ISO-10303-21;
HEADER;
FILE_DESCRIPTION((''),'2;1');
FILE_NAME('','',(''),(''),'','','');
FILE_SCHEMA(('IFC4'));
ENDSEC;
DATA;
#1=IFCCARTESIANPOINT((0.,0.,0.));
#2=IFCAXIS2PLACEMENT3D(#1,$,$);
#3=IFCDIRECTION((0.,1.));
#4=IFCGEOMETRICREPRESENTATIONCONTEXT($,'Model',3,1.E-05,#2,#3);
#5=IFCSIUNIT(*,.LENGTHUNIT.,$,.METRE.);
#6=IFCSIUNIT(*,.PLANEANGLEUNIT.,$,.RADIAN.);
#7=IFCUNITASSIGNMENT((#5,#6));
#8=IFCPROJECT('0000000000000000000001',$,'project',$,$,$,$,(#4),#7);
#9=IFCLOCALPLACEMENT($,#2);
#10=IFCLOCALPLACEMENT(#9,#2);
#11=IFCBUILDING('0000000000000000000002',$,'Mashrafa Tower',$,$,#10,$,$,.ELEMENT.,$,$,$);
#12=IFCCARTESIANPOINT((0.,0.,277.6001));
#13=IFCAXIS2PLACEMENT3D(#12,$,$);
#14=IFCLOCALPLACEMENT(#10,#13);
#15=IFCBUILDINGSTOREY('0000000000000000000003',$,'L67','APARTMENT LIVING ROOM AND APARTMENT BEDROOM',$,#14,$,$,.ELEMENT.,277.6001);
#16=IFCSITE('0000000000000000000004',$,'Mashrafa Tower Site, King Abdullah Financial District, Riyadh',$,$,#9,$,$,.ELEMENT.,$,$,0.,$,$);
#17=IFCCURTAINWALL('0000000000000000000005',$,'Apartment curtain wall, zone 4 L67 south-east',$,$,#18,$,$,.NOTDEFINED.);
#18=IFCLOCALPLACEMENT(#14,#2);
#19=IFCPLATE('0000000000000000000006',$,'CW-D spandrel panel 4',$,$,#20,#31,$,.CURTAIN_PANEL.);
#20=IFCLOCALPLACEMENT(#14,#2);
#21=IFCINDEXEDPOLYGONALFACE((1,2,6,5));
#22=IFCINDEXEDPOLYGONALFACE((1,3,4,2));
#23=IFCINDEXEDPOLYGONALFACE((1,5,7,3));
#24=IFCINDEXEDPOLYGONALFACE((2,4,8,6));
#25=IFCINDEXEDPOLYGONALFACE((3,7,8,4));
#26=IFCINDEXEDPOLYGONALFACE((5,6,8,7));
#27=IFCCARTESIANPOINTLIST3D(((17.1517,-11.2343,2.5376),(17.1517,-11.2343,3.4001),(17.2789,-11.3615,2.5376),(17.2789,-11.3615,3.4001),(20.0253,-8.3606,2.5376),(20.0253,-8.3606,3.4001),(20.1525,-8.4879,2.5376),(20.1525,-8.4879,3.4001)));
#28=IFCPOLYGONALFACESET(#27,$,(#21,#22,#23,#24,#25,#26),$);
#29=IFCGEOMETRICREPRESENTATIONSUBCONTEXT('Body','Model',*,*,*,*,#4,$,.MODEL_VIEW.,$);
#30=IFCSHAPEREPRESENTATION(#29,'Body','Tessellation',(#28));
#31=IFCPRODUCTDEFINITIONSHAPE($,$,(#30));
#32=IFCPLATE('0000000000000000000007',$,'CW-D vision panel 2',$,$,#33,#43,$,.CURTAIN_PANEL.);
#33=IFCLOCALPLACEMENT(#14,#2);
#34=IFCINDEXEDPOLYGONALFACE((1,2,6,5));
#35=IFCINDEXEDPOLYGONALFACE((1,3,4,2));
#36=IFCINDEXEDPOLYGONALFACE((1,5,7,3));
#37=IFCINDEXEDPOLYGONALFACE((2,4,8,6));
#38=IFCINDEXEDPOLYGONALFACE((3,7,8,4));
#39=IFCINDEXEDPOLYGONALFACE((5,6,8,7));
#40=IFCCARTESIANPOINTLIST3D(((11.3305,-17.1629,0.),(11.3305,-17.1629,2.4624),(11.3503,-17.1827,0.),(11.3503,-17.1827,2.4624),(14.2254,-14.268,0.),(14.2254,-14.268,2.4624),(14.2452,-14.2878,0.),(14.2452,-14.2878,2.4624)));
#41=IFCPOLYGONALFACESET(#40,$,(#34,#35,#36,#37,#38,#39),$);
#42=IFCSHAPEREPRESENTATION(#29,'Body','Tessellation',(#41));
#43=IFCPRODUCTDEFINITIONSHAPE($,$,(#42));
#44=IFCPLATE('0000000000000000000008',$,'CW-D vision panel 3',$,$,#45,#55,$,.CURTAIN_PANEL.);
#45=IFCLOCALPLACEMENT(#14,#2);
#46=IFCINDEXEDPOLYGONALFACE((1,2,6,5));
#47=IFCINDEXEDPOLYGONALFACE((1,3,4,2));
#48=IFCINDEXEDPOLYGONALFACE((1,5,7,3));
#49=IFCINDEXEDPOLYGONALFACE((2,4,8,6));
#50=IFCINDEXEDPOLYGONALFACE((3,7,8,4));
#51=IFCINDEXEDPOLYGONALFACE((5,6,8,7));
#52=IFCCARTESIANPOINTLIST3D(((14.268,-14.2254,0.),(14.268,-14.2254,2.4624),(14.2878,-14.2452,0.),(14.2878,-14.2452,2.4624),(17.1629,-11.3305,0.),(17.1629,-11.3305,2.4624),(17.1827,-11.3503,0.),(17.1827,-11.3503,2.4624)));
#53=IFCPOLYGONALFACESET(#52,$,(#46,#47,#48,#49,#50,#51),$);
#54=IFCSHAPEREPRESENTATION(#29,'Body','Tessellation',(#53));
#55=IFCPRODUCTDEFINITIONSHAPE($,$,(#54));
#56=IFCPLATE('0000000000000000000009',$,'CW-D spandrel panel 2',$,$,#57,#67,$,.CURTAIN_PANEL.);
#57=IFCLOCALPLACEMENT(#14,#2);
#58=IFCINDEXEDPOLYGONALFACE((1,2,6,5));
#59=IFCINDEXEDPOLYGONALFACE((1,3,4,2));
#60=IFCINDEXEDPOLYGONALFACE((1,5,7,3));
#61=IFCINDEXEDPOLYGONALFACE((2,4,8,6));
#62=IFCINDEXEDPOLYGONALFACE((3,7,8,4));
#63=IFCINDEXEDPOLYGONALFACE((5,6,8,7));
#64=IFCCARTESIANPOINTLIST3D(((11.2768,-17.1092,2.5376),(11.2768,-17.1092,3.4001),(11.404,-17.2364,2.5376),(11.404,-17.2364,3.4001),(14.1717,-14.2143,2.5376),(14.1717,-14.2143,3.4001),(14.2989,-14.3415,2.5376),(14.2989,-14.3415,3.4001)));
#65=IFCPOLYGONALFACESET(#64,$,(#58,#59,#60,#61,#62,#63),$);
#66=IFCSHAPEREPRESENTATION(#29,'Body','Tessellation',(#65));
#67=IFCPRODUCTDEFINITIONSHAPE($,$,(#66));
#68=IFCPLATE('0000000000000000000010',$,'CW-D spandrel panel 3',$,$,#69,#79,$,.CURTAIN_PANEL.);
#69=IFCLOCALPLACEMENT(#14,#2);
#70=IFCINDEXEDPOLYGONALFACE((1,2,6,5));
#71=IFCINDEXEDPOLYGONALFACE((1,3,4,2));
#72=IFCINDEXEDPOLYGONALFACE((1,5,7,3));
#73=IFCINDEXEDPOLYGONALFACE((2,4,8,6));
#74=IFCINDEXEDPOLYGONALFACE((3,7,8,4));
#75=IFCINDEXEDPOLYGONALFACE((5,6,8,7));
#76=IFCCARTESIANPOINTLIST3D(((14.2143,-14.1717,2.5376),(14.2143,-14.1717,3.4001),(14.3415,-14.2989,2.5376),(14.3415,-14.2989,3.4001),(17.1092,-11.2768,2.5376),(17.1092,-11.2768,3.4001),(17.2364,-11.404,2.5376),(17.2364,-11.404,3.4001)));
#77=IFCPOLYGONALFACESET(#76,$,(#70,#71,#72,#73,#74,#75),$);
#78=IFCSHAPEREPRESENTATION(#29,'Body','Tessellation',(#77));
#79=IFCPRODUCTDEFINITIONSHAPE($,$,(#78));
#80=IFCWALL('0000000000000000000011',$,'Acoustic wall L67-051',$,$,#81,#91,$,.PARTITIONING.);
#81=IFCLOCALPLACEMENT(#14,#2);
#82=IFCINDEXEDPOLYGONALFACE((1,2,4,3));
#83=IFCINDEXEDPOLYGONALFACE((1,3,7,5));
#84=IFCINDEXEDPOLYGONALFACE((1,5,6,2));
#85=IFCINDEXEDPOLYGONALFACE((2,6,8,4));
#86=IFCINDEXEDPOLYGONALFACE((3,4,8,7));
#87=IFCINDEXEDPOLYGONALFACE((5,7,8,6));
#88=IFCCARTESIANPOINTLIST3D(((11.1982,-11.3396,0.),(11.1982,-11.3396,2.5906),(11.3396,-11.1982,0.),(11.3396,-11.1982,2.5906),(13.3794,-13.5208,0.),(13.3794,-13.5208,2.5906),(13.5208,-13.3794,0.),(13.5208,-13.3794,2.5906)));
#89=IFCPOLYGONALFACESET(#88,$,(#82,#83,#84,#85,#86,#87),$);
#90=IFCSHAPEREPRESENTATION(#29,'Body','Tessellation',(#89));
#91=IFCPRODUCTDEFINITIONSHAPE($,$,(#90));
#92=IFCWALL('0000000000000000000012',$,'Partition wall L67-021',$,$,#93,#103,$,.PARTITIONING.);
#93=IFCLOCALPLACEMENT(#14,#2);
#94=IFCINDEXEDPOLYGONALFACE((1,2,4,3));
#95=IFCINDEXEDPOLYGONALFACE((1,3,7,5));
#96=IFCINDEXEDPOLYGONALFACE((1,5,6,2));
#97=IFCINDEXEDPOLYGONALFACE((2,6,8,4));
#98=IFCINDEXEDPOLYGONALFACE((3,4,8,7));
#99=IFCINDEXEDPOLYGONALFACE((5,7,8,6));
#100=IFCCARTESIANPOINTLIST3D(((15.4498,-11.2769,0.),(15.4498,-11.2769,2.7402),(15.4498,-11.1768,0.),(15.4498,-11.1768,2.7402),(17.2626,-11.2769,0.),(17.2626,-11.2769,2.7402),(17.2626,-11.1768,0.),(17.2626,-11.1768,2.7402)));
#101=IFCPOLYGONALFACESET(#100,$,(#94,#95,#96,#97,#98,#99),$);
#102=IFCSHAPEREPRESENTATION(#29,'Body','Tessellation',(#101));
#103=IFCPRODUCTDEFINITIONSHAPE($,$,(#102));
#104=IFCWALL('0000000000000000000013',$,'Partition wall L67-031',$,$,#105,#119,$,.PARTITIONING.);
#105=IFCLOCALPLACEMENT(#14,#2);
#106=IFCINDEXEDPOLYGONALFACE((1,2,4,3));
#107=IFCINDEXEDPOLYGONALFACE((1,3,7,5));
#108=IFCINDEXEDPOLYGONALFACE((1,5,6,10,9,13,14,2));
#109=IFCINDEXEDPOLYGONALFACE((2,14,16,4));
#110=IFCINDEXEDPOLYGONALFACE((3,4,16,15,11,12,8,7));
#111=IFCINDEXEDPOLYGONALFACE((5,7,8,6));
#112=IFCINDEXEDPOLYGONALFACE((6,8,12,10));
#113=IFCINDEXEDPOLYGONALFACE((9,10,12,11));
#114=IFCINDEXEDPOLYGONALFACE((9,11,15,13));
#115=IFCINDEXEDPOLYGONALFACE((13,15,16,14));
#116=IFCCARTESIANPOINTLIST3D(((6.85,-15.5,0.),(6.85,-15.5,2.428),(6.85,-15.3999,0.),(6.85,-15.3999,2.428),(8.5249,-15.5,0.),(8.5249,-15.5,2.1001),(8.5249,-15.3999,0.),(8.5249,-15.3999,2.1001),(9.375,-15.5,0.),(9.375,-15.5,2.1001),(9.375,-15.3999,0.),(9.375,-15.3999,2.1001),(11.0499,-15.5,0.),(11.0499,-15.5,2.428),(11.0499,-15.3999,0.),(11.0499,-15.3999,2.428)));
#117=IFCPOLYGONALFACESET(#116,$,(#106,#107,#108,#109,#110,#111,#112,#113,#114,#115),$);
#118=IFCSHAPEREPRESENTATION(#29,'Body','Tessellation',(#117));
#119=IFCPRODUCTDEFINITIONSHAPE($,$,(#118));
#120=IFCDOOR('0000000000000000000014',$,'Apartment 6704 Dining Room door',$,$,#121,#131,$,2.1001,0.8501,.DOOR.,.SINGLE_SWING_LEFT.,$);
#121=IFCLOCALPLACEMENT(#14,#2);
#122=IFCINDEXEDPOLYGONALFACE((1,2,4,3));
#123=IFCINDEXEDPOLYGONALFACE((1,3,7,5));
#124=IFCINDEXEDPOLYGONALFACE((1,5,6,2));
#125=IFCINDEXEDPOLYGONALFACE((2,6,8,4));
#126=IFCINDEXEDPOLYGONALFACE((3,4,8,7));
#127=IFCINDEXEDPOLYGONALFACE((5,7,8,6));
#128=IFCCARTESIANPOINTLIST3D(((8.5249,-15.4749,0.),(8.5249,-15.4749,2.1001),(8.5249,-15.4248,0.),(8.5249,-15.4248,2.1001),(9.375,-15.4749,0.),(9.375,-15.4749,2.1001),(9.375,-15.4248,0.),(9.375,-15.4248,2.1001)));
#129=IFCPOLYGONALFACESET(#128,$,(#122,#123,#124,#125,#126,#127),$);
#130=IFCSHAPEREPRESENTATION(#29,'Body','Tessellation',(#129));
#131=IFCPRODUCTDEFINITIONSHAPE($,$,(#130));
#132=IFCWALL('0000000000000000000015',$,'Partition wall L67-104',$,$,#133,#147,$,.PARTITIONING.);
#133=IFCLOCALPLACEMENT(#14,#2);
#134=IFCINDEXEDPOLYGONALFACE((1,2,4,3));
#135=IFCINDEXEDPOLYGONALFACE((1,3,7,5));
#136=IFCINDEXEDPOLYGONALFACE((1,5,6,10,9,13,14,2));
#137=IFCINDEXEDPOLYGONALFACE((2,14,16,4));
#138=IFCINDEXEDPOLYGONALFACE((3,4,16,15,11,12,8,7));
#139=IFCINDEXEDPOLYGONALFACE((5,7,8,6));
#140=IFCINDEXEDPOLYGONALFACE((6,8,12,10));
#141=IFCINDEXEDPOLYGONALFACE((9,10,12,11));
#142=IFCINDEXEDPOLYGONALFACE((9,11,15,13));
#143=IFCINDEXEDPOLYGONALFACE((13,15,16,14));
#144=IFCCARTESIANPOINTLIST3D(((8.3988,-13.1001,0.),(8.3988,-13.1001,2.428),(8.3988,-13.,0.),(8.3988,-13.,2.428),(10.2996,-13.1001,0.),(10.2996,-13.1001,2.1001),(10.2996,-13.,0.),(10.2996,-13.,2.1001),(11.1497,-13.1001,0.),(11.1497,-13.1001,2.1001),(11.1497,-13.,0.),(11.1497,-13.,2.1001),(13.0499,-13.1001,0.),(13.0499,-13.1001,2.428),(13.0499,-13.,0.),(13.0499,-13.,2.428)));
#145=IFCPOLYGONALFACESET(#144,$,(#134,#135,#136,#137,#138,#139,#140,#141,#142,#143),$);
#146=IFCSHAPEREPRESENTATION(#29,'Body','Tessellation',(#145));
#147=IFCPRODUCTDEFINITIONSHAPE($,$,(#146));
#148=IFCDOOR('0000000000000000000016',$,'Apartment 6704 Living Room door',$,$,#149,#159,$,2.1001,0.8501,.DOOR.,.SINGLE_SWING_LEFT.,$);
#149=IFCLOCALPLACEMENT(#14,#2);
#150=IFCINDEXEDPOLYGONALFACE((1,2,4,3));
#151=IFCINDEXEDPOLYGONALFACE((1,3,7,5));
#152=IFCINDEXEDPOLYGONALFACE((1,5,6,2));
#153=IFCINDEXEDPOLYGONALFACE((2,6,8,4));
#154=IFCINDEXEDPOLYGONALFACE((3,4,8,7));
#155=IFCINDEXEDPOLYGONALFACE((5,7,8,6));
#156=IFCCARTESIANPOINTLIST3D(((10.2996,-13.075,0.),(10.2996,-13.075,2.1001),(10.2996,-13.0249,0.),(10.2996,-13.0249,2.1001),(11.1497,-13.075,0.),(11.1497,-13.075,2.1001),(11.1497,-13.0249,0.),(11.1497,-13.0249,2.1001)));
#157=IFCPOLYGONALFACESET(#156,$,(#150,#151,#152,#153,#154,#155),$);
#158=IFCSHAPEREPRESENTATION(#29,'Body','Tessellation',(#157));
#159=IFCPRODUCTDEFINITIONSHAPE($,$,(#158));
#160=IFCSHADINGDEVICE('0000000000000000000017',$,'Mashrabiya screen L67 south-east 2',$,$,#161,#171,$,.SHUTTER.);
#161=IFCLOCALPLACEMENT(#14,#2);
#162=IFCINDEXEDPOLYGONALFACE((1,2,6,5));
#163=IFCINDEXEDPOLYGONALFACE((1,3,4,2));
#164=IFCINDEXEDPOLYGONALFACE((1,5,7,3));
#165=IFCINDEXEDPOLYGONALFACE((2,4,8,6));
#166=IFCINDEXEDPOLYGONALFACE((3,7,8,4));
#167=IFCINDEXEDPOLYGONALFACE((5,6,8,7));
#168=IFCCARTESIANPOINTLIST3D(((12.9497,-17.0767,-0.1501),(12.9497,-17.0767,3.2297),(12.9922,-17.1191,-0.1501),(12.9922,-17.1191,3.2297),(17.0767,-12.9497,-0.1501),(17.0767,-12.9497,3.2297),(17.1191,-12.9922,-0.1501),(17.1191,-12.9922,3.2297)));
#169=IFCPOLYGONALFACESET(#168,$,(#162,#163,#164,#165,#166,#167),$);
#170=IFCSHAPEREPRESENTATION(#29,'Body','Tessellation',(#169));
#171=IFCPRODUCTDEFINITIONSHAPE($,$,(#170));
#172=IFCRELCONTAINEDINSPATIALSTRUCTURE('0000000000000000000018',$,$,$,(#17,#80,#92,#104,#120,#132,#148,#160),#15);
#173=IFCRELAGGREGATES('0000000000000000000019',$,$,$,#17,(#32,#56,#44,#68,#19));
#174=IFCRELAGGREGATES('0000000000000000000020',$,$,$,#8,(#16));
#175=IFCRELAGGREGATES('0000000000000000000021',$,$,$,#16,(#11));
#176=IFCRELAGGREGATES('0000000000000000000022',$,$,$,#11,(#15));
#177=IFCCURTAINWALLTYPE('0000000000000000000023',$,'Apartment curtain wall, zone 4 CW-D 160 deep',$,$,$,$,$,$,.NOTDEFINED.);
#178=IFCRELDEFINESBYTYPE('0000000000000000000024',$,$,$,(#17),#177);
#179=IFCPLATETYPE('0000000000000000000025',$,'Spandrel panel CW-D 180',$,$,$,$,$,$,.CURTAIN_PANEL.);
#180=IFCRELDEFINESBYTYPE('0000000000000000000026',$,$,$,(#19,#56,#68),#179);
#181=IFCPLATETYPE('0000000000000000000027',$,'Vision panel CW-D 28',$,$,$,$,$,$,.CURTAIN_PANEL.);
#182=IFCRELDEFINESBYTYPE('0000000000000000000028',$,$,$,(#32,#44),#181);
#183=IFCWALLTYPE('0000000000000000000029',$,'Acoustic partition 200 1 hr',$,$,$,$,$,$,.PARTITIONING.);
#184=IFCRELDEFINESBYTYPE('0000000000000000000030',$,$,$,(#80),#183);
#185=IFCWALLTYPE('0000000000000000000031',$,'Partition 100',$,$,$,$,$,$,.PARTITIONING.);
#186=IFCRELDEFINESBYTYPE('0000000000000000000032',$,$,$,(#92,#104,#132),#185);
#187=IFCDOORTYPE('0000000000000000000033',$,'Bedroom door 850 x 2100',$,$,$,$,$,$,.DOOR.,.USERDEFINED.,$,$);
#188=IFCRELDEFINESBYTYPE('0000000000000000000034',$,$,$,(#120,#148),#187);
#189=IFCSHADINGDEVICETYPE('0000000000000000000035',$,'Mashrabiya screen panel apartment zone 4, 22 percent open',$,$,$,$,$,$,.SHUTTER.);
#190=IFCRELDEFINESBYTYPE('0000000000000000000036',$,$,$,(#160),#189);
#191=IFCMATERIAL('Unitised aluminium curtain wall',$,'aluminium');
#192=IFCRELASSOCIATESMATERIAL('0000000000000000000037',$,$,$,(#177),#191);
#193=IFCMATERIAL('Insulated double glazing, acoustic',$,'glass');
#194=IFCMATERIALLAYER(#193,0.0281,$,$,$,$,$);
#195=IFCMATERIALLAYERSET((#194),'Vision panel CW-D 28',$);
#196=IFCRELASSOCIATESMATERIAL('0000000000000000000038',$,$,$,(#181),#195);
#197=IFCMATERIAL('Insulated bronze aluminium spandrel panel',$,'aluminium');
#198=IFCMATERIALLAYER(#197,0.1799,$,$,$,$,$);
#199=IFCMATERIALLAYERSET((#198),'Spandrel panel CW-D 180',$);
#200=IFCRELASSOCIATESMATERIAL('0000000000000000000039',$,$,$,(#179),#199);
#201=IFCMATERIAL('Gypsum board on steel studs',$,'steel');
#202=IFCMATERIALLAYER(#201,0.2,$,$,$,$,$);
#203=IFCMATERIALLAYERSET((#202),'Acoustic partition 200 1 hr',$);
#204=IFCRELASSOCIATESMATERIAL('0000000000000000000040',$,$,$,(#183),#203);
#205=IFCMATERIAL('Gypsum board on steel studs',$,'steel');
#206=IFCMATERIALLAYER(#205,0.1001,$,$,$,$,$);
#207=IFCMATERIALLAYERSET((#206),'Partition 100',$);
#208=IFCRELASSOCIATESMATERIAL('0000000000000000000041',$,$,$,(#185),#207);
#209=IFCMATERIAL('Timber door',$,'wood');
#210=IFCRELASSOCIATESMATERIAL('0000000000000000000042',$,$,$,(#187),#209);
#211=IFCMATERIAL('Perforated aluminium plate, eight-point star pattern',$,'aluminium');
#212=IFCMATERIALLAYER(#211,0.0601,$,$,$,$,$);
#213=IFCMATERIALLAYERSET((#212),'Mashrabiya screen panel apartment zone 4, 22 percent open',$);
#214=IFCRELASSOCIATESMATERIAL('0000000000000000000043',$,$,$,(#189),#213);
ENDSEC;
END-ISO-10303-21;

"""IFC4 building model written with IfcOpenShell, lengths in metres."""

from ifc_helpers import new_model, si_unit, direction, frame, frame_2d, origin, origin_2d, place, context, subcontext, project, spatial, rectangle, extrude, source, transform, mapped, material, layer, layer_set, type_object, type_shapes, element, fill, aggregate, save


model = new_model("IFC4")

# Units and contexts
model_context = context("Model", 3, precision=1e-05, world=origin(), true_north=direction((0.0, 1.0)))
body_context = subcontext(model_context, "Body", "Model", "MODEL_VIEW")
ifc_project = project(units=[si_unit("LENGTHUNIT", "METRE"), si_unit("PLANEANGLEUNIT", "RADIAN")], contexts=[model_context])

# Site, building, storey
site_placement = place(None, origin())
site = spatial("IfcSite", under=ifc_project, at=site_placement, Name="Mashrafa Tower Site, King Abdullah Financial District, Riyadh", CompositionType="ELEMENT", RefElevation=0.0)
building_placement = place(site_placement, origin())
building = spatial("IfcBuilding", under=site, at=building_placement, Name="Mashrafa Tower", CompositionType="ELEMENT")
storey_placement = place(building_placement, frame((0.0, 0.0, 277.6001)))
storey = spatial("IfcBuildingStorey", under=building, at=storey_placement, Name="L67", Description="APARTMENT LIVING ROOM AND APARTMENT BEDROOM", CompositionType="ELEMENT", Elevation=277.6001)

# Shared definitions
ifc_material_1 = material(Name="Unitised aluminium curtain wall", Category="aluminium")
curtain_wall_type = type_object("IfcCurtainWallType", Name="Apartment curtain wall, zone 4 CW-D 160 deep", PredefinedType="NOTDEFINED", material=ifc_material_1)

# Curtain wall
curtain_wall_1_placement = place(storey_placement, origin())
curtain_wall_1 = element("IfcCurtainWall", 1, at=curtain_wall_1_placement, inside=storey, type_object=curtain_wall_type, Name="Apartment curtain wall, zone 4 L67 south-east", PredefinedType="NOTDEFINED")

# Plates
ifc_material_2 = material(Name="Insulated double glazing, acoustic", Category="glass")
ifc_layer_1 = layer(ifc_material_2, 0.0281)
ifc_layer_set_1 = layer_set([ifc_layer_1], Name="Vision panel CW-D 28")
plate_type_1 = type_object("IfcPlateType", Name="Vision panel CW-D 28", PredefinedType="CURTAIN_PANEL", material=ifc_layer_set_1)
ifc_material_3 = material(Name="Insulated bronze aluminium spandrel panel", Category="aluminium")
ifc_layer_2 = layer(ifc_material_3, 0.1799)
ifc_layer_set_2 = layer_set([ifc_layer_2], Name="Spandrel panel CW-D 180")
plate_type_2 = type_object("IfcPlateType", Name="Spandrel panel CW-D 180", PredefinedType="CURTAIN_PANEL", material=ifc_layer_set_2)
shared_shape_1 = source(origin(), body_context, "Body", "SweptSolid", [
    extrude(rectangle(XDim=4.064, YDim=0.1799, at=origin_2d()), origin(), (0.0, 0.0, 1.0), 0.8625),
])
plate_1_placement = place(storey_placement, frame((18.6521, -9.8611, 2.5376), z_axis=(0.0, 0.0, 1.0), x_axis=(0.707107, 0.707107, 0.0)))
plate_1 = element("IfcPlate", 2, at=plate_1_placement, type_object=plate_type_2, Name="CW-D spandrel panel 4", PredefinedType="CURTAIN_PANEL", context=body_context, shape_type="MappedRepresentation", body=[
    mapped(shared_shape_1, transform((0.0, 0.0, 0.0))),
])
shared_shape_2 = source(origin(), body_context, "Body", "SweptSolid", [
    extrude(rectangle(XDim=4.094, YDim=0.0281, at=origin_2d()), origin(), (0.0, 0.0, 1.0), 2.4624),
])
plate_2_placement = place(storey_placement, frame((12.7878, -15.7253, 0.0), z_axis=(0.0, 0.0, 1.0), x_axis=(0.707107, 0.707107, 0.0)))
plate_2 = element("IfcPlate", 3, at=plate_2_placement, type_object=plate_type_1, Name="CW-D vision panel 2", PredefinedType="CURTAIN_PANEL", context=body_context, shape_type="MappedRepresentation", body=[
    mapped(shared_shape_2, transform((0.0, 0.0, 0.0))),
])
plate_3_placement = place(storey_placement, frame((15.7253, -12.7878, 0.0), z_axis=(0.0, 0.0, 1.0), x_axis=(0.707107, 0.707107, 0.0)))
plate_3 = element("IfcPlate", 4, at=plate_3_placement, type_object=plate_type_1, Name="CW-D vision panel 3", PredefinedType="CURTAIN_PANEL", context=body_context, shape_type="MappedRepresentation", body=[
    mapped(shared_shape_2, transform((0.0, 0.0, 0.0))),
])
shared_shape_3 = source(origin(), body_context, "Body", "SweptSolid", [
    extrude(rectangle(XDim=4.094, YDim=0.1799, at=origin_2d()), origin(), (0.0, 0.0, 1.0), 0.8625),
])
type_shapes(plate_type_2, [shared_shape_1, shared_shape_3])
plate_4_placement = place(storey_placement, frame((12.7878, -15.7253, 2.5376), z_axis=(0.0, 0.0, 1.0), x_axis=(0.707107, 0.707107, 0.0)))
plate_4 = element("IfcPlate", 5, at=plate_4_placement, type_object=plate_type_2, Name="CW-D spandrel panel 2", PredefinedType="CURTAIN_PANEL", context=body_context, shape_type="MappedRepresentation", body=[
    mapped(shared_shape_3, transform((0.0, 0.0, 0.0))),
])
plate_5_placement = place(storey_placement, frame((15.7253, -12.7878, 2.5376), z_axis=(0.0, 0.0, 1.0), x_axis=(0.707107, 0.707107, 0.0)))
plate_5 = element("IfcPlate", 6, at=plate_5_placement, type_object=plate_type_2, Name="CW-D spandrel panel 3", PredefinedType="CURTAIN_PANEL", context=body_context, shape_type="MappedRepresentation", body=[
    mapped(shared_shape_3, transform((0.0, 0.0, 0.0))),
])
aggregate(curtain_wall_1, [plate_2, plate_4, plate_3, plate_5, plate_1])

# Walls
ifc_material_4 = material(Name="Gypsum board on steel studs", Category="steel")
ifc_layer_3 = layer(ifc_material_4, 0.2)
ifc_layer_set_3 = layer_set([ifc_layer_3], Name="Acoustic partition 200 1 hr")
wall_type_1 = type_object("IfcWallType", Name="Acoustic partition 200 1 hr", PredefinedType="PARTITIONING", material=ifc_layer_set_3)
wall_1_placement = place(storey_placement, frame((13.4502, -13.4502, 0.0), z_axis=(0.0, 0.0, 1.0), x_axis=(-0.707107, 0.707107, 0.0)))
element("IfcWall", 7, at=wall_1_placement, inside=storey, type_object=wall_type_1, Name="Acoustic wall L67-051", PredefinedType="PARTITIONING", context=body_context, shape_type="SweptSolid", body=[
    extrude(rectangle(XDim=3.0847, YDim=0.2, at=frame_2d((1.5425, 0.0))), origin(), (0.0, 0.0, 1.0), 2.5906),
])
ifc_material_5 = material(Name="Gypsum board on steel studs", Category="steel")
ifc_layer_4 = layer(ifc_material_5, 0.1001)
ifc_layer_set_4 = layer_set([ifc_layer_4], Name="Partition 100")
wall_type_2 = type_object("IfcWallType", Name="Partition 100", PredefinedType="PARTITIONING", material=ifc_layer_set_4)
wall_2_placement = place(storey_placement, frame((15.45, -11.2268, 0.0), z_axis=(0.0, 0.0, 1.0), x_axis=(1.0, 0.0, 0.0)))
element("IfcWall", 8, at=wall_2_placement, inside=storey, type_object=wall_type_2, Name="Partition wall L67-021", PredefinedType="PARTITIONING", context=body_context, shape_type="SweptSolid", body=[
    extrude(rectangle(XDim=1.8127, YDim=0.1001, at=frame_2d((0.9062, 0.0))), origin(), (0.0, 0.0, 1.0), 2.7402),
])

# Walls, openings, doors
wall_3_placement = place(storey_placement, frame((11.05, -15.45, 0.0), z_axis=(0.0, 0.0, 1.0), x_axis=(-1.0, 0.0, 0.0)))
wall_3 = element("IfcWall", 9, at=wall_3_placement, inside=storey, type_object=wall_type_2, Name="Partition wall L67-031", PredefinedType="PARTITIONING", context=body_context, shape_type="SweptSolid", body=[
    extrude(rectangle(XDim=4.2, YDim=0.1001, at=frame_2d((2.1001, 0.0))), origin(), (0.0, 0.0, 1.0), 2.428),
])
opening_1_placement = place(wall_3_placement, frame((1.675, 0.0, 0.0)))
opening_1 = element("IfcOpeningElement", 10, at=opening_1_placement, cuts=wall_3, PredefinedType="OPENING", context=body_context, shape_type="SweptSolid", body=[
    extrude(rectangle(XDim=0.8501, YDim=2.1001, at=frame_2d((0.425, 1.05))), frame((0.0, 0.0601, 0.0), z_axis=(0.0, -1.0, 0.0), x_axis=(1.0, 0.0, 0.0)), (0.0, 0.0, 1.0), 0.1201),
])
ifc_material_6 = material(Name="Timber door", Category="wood")
door_type = type_object("IfcDoorType", Name="Bedroom door 850 x 2100", OperationType="USERDEFINED", PredefinedType="DOOR", material=ifc_material_6)
door_1_placement = place(opening_1_placement, origin())
door_1 = element("IfcDoor", 11, at=door_1_placement, inside=storey, type_object=door_type, Name="Apartment 6704 Dining Room door", OperationType="SINGLE_SWING_LEFT", OverallHeight=2.1001, OverallWidth=0.8501, PredefinedType="DOOR", context=body_context, shape_type="SweptSolid", body=[
    extrude(rectangle(XDim=0.8501, YDim=2.1001, at=frame_2d((0.425, 1.05))), frame((0.0, 0.0249, 0.0), z_axis=(0.0, -1.0, 0.0), x_axis=(1.0, 0.0, 0.0)), (0.0, 0.0, 1.0), 0.05),
])
fill(opening_1, door_1)
wall_4_placement = place(storey_placement, frame((13.05, -13.05, 0.0), z_axis=(0.0, 0.0, 1.0), x_axis=(-1.0, 0.0, 0.0)))
wall_4 = element("IfcWall", 12, at=wall_4_placement, inside=storey, type_object=wall_type_2, Name="Partition wall L67-104", PredefinedType="PARTITIONING", context=body_context, shape_type="SweptSolid", body=[
    extrude(rectangle(XDim=4.6511, YDim=0.1001, at=frame_2d((2.3257, 0.0))), origin(), (0.0, 0.0, 1.0), 2.428),
])
opening_2_placement = place(wall_4_placement, frame((1.9004, 0.0, 0.0)))
opening_2 = element("IfcOpeningElement", 13, at=opening_2_placement, cuts=wall_4, PredefinedType="OPENING", context=body_context, shape_type="SweptSolid", body=[
    extrude(rectangle(XDim=0.8501, YDim=2.1001, at=frame_2d((0.425, 1.05))), frame((0.0, 0.0601, 0.0), z_axis=(0.0, -1.0, 0.0), x_axis=(1.0, 0.0, 0.0)), (0.0, 0.0, 1.0), 0.1201),
])
door_2_placement = place(opening_2_placement, origin())
door_2 = element("IfcDoor", 14, at=door_2_placement, inside=storey, type_object=door_type, Name="Apartment 6704 Living Room door", OperationType="SINGLE_SWING_LEFT", OverallHeight=2.1001, OverallWidth=0.8501, PredefinedType="DOOR", context=body_context, shape_type="SweptSolid", body=[
    extrude(rectangle(XDim=0.8501, YDim=2.1001, at=frame_2d((0.425, 1.05))), frame((0.0, 0.0249, 0.0), z_axis=(0.0, -1.0, 0.0), x_axis=(1.0, 0.0, 0.0)), (0.0, 0.0, 1.0), 0.05),
])
fill(opening_2, door_2)

# Shading device
ifc_material_7 = material(Name="Perforated aluminium plate, eight-point star pattern", Category="aluminium")
ifc_layer_5 = layer(ifc_material_7, 0.0601)
ifc_layer_set_5 = layer_set([ifc_layer_5], Name="Mashrabiya screen panel apartment zone 4, 22 percent open")
shading_device_type = type_object("IfcShadingDeviceType", Name="Mashrabiya screen panel apartment zone 4, 22 percent open", PredefinedType="SHUTTER", material=ifc_layer_set_5)
shared_shape_4 = source(origin(), body_context, "Body", "SweptSolid", [
    extrude(rectangle(XDim=5.8364, YDim=0.0601, at=origin_2d()), origin(), (0.0, 0.0, 1.0), 3.3799),
])
type_shapes(shading_device_type, [shared_shape_4])
for number, where, z_axis, x_axis, name in (
    (15, (15.0344, -15.0344, -0.1501), (0.0, 0.0, 1.0), (0.707107, 0.707107, 0.0), "Mashrabiya screen L67 south-east 2"),
):
    element("IfcShadingDevice", number, at=place(storey_placement, frame(where, z_axis=z_axis, x_axis=x_axis)), inside=storey, type_object=shading_device_type, Name=name, PredefinedType="SHUTTER", context=body_context, shape_type="MappedRepresentation", body=[
        mapped(shared_shape_4, transform((0.0, 0.0, 0.0))),
    ])

save(model, "model.ifc")
